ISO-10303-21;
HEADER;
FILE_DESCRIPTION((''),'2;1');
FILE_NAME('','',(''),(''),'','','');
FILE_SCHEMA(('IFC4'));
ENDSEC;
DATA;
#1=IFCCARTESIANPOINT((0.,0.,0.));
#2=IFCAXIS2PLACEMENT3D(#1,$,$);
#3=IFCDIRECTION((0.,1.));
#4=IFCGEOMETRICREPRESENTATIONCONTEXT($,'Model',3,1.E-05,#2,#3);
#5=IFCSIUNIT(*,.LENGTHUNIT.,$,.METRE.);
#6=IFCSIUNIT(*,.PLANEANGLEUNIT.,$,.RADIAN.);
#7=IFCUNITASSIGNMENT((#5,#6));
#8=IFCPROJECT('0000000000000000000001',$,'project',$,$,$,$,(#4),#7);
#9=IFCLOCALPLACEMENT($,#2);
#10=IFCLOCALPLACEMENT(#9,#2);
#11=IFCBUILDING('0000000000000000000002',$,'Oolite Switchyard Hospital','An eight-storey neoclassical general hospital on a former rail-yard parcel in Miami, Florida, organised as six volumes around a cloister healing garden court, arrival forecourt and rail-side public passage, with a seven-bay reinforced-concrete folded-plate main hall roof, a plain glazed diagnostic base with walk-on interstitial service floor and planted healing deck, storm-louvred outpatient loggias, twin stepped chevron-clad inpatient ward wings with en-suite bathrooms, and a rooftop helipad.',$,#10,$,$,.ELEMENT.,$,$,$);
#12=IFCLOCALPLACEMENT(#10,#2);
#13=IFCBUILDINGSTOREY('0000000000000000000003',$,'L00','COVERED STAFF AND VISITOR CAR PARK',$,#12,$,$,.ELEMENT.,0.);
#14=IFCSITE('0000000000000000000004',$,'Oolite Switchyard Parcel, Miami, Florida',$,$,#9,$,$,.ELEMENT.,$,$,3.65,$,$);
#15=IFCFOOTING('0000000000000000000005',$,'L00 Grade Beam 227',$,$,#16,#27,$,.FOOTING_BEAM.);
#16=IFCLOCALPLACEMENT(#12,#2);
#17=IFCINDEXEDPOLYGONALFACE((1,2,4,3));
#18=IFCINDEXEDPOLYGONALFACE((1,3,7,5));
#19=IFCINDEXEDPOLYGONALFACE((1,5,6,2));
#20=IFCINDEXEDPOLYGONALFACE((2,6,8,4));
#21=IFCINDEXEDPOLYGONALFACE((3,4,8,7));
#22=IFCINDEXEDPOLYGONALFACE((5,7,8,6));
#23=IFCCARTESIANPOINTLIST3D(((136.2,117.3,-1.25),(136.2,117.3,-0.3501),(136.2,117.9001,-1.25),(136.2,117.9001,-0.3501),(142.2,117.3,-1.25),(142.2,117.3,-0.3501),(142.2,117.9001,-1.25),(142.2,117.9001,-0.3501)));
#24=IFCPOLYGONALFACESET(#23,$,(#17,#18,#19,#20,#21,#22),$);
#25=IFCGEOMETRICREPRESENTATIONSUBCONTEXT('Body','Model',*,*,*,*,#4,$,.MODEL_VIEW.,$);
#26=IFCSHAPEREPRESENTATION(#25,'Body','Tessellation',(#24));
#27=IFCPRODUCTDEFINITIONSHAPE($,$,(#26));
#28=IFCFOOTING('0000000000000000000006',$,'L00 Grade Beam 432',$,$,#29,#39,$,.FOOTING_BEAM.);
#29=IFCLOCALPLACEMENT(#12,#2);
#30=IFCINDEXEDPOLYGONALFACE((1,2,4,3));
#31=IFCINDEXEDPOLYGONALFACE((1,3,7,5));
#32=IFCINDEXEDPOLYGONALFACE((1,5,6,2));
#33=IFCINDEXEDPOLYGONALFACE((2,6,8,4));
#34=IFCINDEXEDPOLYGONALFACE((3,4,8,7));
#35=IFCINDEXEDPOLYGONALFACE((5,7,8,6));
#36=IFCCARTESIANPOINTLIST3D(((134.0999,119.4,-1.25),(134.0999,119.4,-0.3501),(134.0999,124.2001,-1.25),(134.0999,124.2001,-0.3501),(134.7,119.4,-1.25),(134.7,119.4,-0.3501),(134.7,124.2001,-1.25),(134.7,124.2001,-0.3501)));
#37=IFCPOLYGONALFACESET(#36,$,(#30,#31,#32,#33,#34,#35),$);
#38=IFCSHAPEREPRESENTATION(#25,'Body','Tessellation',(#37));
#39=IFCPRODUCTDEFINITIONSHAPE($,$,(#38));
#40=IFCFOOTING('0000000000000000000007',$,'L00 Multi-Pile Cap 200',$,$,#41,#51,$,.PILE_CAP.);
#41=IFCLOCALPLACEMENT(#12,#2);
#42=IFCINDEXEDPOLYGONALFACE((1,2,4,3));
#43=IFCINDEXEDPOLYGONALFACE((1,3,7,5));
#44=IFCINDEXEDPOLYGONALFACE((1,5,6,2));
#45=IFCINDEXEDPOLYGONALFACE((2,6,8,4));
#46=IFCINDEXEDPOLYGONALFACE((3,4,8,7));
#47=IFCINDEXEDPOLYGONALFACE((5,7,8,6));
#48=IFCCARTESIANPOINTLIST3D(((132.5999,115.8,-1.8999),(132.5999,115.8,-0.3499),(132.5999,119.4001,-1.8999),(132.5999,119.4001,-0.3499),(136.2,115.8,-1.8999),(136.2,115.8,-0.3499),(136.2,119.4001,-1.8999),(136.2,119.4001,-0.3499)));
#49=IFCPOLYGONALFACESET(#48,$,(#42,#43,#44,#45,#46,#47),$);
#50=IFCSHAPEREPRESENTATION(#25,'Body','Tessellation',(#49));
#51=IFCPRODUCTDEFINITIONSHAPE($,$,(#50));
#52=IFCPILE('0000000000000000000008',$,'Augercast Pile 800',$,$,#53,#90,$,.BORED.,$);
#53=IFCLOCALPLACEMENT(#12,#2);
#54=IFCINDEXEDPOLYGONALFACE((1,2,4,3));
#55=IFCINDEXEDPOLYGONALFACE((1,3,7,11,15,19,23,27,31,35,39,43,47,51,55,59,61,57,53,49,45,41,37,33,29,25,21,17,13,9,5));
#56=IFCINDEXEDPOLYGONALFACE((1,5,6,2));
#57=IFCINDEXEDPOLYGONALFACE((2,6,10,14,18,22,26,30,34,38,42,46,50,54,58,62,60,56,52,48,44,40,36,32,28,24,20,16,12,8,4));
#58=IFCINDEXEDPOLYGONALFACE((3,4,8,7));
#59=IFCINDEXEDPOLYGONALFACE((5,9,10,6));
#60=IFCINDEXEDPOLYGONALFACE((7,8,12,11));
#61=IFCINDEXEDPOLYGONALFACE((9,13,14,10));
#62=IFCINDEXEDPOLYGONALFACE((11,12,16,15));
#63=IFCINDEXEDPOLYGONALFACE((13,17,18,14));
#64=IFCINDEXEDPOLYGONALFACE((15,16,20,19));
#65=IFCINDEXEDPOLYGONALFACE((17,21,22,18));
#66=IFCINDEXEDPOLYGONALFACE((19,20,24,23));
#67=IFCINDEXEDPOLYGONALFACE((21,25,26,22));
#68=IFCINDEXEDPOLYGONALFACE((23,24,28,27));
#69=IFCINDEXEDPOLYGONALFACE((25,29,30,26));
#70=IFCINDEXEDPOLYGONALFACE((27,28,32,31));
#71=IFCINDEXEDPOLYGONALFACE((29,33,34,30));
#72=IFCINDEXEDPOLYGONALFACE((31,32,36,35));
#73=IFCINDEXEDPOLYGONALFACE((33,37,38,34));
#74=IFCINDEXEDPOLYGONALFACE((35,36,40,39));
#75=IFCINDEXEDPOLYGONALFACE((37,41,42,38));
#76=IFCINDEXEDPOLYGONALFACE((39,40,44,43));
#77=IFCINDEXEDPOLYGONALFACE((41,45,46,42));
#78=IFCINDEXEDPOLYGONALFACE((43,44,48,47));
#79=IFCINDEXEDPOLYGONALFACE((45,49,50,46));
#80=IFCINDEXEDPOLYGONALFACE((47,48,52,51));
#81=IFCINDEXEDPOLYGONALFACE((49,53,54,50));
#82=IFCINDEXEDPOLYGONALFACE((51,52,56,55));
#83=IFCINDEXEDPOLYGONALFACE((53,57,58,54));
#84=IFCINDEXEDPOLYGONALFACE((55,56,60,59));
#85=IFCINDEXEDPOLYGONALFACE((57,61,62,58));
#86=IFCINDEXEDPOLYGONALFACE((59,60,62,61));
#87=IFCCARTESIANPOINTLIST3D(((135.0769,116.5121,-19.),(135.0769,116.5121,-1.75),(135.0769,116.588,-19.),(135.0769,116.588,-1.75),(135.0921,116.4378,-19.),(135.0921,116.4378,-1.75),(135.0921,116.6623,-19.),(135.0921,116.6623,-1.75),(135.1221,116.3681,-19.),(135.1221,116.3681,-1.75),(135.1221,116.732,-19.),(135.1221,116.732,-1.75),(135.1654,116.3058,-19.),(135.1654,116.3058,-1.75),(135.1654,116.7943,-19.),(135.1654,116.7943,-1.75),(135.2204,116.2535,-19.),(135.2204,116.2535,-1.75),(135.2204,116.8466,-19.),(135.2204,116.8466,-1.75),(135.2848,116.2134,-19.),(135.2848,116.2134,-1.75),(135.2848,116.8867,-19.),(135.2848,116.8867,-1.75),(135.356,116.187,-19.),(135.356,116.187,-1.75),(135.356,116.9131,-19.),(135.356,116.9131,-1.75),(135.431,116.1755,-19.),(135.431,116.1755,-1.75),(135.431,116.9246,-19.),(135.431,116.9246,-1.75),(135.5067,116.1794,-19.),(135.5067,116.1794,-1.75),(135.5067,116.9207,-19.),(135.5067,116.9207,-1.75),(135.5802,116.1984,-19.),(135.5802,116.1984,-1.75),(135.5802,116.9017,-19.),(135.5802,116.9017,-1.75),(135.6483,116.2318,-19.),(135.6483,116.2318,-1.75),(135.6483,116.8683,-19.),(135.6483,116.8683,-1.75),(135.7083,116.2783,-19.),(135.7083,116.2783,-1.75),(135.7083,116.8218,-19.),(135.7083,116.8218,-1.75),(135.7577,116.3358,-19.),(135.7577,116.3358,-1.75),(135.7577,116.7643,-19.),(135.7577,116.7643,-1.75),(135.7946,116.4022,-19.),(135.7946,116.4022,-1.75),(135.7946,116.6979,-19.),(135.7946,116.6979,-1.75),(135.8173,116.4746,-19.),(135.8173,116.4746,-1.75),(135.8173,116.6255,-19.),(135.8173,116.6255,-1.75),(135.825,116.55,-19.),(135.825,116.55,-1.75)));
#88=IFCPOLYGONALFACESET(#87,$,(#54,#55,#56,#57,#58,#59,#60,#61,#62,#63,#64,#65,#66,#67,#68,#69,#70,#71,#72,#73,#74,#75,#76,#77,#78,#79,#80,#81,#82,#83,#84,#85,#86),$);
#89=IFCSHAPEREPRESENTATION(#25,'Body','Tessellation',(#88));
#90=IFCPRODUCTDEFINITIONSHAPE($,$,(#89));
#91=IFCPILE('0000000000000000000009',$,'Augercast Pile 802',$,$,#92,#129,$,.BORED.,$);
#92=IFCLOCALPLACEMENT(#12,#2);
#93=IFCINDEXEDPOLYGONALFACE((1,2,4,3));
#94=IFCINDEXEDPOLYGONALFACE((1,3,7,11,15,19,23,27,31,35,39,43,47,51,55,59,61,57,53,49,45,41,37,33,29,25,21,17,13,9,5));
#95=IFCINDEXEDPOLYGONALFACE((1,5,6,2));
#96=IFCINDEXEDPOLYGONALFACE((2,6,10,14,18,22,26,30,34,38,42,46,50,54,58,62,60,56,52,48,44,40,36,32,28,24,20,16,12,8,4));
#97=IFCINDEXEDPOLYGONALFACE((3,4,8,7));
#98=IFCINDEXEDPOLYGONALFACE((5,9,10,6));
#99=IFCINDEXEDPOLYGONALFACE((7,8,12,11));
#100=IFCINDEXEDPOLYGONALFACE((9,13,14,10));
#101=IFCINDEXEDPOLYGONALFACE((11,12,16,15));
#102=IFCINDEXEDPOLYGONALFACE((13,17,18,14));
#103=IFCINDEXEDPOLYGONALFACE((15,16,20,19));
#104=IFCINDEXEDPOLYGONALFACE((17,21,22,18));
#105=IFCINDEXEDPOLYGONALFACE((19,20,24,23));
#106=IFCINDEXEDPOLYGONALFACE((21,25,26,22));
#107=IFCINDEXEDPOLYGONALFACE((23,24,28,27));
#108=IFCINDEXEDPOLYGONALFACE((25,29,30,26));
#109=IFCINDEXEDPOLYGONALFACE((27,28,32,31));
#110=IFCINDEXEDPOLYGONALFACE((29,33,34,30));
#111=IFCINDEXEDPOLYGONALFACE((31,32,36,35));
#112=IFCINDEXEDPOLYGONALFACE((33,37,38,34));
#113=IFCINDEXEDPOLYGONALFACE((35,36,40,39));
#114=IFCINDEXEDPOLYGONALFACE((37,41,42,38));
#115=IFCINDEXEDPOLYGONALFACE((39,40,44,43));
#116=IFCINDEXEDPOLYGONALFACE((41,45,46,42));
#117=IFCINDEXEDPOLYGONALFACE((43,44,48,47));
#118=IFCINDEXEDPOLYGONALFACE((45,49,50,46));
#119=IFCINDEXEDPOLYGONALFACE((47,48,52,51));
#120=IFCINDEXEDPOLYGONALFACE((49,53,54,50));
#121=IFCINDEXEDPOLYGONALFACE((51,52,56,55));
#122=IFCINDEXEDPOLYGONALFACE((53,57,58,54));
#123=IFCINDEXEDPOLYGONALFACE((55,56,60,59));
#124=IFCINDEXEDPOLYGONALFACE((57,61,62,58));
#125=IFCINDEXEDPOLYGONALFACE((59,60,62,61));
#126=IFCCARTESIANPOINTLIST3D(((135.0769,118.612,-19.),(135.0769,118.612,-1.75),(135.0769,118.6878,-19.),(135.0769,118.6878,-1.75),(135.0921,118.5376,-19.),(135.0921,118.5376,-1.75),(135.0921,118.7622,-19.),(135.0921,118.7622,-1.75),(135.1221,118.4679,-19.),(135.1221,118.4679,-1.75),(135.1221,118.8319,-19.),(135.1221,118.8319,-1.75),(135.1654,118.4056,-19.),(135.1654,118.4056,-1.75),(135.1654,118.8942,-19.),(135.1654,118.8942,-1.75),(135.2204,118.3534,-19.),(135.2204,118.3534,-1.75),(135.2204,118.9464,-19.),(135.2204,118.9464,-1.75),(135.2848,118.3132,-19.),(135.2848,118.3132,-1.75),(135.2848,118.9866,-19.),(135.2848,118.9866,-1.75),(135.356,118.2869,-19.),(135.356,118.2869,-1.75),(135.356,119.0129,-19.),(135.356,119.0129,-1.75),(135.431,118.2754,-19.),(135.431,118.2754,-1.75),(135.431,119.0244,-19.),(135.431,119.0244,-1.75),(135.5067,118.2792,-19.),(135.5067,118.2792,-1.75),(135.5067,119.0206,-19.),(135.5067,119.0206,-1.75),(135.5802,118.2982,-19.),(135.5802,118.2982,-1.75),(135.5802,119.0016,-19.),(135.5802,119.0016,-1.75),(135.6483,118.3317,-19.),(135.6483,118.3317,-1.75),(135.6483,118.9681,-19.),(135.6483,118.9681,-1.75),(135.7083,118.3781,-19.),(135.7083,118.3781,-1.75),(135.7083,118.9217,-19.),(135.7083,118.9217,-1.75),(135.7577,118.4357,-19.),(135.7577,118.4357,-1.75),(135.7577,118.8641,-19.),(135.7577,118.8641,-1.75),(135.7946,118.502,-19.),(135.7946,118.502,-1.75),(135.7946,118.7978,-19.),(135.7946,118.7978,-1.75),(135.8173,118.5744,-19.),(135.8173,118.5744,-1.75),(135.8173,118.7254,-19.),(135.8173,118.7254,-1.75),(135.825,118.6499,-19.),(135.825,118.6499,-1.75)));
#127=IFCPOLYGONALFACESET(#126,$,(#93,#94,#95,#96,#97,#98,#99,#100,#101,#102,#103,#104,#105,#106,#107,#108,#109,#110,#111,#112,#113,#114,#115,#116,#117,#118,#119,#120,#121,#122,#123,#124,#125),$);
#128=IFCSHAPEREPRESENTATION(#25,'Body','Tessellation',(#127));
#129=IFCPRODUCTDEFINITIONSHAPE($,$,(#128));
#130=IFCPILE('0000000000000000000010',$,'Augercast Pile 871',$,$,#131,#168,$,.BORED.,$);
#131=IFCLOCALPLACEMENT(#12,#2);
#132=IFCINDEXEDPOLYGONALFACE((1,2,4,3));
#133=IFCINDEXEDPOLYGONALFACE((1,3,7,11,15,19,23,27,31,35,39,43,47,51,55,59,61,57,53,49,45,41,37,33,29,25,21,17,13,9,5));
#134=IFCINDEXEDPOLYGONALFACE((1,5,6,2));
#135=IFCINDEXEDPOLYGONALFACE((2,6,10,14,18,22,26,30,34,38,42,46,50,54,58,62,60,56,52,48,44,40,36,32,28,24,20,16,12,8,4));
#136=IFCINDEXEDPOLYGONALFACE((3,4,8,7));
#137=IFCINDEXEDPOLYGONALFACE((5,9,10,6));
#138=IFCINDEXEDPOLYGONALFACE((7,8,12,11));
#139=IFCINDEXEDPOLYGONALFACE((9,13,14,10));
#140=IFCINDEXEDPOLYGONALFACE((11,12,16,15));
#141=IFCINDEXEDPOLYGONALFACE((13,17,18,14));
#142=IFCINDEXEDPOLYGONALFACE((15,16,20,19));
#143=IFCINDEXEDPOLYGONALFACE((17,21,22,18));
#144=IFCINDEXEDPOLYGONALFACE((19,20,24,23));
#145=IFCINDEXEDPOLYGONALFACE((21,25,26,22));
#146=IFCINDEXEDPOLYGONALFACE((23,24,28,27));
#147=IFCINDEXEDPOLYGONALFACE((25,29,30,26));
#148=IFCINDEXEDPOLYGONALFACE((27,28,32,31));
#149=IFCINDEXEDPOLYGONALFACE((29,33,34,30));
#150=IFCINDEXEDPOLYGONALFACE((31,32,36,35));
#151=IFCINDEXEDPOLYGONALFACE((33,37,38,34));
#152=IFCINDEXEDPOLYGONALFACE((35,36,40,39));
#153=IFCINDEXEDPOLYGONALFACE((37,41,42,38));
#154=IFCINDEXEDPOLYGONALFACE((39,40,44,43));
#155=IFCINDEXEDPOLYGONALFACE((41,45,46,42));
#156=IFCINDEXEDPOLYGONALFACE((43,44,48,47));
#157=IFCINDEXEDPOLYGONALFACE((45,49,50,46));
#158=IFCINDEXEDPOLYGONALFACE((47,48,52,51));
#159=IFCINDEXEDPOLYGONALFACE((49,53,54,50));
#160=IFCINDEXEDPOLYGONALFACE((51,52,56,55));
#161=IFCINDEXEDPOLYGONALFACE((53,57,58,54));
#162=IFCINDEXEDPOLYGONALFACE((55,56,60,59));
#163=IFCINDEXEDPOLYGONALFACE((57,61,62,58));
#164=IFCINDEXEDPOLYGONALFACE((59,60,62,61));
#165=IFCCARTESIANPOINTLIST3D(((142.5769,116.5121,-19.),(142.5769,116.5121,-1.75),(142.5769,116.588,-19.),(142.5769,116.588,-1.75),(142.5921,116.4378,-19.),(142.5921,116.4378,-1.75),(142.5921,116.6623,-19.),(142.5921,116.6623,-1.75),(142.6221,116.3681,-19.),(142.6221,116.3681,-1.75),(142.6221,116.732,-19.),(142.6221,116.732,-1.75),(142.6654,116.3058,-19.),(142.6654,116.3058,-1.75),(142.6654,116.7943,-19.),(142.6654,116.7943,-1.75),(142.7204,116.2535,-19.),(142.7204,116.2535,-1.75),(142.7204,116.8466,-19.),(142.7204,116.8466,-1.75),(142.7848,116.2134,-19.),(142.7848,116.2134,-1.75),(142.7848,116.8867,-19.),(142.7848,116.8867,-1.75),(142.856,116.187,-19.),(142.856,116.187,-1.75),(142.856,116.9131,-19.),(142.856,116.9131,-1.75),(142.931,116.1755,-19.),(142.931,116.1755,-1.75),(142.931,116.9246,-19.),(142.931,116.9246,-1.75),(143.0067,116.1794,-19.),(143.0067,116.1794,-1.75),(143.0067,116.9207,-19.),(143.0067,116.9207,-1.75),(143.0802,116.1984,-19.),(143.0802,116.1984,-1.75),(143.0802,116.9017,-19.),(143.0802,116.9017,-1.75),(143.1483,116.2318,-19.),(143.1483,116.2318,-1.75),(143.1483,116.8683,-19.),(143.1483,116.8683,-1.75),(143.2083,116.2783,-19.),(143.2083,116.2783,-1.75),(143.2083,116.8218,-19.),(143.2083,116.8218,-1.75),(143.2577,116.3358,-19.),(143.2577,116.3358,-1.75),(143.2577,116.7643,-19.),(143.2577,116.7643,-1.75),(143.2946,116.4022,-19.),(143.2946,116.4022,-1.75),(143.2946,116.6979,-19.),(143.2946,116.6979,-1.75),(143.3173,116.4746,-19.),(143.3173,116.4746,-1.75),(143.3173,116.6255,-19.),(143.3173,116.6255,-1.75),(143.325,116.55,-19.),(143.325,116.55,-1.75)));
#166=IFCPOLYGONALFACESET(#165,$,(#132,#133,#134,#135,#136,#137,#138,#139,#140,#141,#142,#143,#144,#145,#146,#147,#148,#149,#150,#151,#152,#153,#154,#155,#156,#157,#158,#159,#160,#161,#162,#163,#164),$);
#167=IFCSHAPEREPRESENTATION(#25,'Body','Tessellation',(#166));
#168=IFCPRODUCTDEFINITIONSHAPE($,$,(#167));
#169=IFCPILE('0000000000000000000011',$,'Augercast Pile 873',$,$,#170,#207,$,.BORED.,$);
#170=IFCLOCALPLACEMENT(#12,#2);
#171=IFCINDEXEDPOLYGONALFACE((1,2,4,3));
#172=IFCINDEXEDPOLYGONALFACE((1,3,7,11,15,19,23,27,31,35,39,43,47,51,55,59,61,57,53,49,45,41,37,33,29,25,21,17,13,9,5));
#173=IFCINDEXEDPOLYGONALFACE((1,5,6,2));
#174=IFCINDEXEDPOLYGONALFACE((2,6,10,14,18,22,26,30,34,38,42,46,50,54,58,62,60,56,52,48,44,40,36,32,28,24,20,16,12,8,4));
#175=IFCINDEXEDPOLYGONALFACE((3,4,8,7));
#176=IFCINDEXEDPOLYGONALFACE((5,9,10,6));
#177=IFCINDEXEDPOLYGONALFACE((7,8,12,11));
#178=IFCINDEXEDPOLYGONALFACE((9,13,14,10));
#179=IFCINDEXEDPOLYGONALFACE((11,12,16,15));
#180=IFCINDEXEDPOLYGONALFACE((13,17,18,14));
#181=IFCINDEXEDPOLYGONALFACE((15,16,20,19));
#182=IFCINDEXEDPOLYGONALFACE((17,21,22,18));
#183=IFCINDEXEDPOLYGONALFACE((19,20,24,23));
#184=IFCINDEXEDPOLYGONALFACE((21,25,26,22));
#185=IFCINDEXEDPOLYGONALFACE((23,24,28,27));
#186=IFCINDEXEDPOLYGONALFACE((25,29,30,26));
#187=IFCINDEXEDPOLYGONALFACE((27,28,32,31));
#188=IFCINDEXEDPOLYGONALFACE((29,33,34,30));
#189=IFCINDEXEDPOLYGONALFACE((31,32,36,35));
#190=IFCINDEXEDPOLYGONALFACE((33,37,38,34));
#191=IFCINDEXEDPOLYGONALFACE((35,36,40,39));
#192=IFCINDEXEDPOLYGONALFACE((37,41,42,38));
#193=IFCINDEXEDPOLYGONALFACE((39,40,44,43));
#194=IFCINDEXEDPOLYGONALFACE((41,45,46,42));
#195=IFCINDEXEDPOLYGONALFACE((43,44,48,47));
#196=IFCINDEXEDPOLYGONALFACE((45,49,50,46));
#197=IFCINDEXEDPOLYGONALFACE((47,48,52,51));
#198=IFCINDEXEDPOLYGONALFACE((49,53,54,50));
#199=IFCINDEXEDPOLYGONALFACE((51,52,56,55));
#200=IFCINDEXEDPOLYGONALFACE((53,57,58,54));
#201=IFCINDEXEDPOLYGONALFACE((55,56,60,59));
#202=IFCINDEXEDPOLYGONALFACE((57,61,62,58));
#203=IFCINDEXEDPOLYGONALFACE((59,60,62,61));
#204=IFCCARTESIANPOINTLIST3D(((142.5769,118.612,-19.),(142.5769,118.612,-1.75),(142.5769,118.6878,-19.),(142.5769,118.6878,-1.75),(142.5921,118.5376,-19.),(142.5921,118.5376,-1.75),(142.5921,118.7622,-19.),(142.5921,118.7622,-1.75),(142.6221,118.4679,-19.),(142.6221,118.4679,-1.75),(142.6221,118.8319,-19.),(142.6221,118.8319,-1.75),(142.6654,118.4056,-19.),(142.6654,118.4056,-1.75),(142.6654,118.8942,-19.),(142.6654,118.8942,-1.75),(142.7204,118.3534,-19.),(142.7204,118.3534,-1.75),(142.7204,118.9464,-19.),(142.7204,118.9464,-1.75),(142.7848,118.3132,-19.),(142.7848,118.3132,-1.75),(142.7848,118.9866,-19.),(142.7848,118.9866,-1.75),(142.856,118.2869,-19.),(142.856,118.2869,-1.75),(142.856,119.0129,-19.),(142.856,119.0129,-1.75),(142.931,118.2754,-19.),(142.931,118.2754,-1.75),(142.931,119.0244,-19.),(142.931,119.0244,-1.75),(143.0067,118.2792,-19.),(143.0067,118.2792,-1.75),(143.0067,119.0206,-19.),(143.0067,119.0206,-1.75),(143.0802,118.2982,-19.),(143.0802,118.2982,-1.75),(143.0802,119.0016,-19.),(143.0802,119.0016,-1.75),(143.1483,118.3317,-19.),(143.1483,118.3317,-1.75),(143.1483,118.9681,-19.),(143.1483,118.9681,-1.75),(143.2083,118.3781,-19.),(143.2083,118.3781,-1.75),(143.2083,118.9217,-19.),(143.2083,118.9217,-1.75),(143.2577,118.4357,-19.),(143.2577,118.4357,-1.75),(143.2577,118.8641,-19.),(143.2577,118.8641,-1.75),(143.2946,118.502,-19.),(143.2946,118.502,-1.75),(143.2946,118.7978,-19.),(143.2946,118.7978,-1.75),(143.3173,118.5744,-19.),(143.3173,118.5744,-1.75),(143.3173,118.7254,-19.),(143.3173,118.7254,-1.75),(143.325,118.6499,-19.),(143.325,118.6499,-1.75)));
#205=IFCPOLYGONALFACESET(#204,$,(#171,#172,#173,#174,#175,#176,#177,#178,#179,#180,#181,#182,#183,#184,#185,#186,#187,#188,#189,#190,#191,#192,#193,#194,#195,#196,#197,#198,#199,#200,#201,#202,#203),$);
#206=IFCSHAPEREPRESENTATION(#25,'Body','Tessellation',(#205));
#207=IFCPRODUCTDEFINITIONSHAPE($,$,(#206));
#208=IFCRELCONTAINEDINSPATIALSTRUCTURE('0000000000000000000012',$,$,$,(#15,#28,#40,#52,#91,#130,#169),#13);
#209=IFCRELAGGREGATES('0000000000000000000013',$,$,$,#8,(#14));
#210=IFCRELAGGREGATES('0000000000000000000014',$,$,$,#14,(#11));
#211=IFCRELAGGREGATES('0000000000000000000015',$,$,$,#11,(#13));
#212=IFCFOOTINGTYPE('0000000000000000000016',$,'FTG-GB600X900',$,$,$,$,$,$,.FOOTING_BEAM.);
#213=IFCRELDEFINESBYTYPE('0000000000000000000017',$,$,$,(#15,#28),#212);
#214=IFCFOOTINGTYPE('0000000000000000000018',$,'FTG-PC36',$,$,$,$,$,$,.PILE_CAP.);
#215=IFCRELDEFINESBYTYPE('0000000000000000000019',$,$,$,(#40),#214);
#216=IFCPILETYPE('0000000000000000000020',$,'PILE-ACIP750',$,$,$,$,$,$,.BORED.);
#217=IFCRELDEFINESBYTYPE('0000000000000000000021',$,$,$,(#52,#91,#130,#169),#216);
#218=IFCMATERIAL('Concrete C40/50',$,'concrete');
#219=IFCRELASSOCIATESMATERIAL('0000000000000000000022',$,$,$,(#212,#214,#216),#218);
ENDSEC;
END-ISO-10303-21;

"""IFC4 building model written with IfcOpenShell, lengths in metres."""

from ifc_helpers import new_model, si_unit, direction, frame, origin, origin_2d, place, context, subcontext, project, spatial, rectangle, circle, extrude, material, material_profile, profile_set, type_object, element, save


model = new_model("IFC4")

# Units and contexts
model_context = context("Model", 3, precision=1e-05, world=origin(), true_north=direction((0.0, 1.0)))
body_context = subcontext(model_context, "Body", "Model", "MODEL_VIEW")
ifc_project = project(units=[si_unit("LENGTHUNIT", "METRE"), si_unit("PLANEANGLEUNIT", "RADIAN")], contexts=[model_context])

# Site, building, storey
site_placement = place(None, origin())
site = spatial("IfcSite", under=ifc_project, at=site_placement, Name="Oolite Switchyard Parcel, Miami, Florida", CompositionType="ELEMENT", RefElevation=3.65)
building_placement = place(site_placement, origin())
building = spatial("IfcBuilding", under=site, at=building_placement, Name="Oolite Switchyard Hospital", Description="An eight-storey neoclassical general hospital on a former rail-yard parcel in Miami, Florida, organised as six volumes around a cloister healing garden court, arrival forecourt and rail-side public passage, with a seven-bay reinforced-concrete folded-plate main hall roof, a plain glazed diagnostic base with walk-on interstitial service floor and planted healing deck, storm-louvred outpatient loggias, twin stepped chevron-clad inpatient ward wings with en-suite bathrooms, and a rooftop helipad.", CompositionType="ELEMENT")
storey_placement = place(building_placement, origin())
storey = spatial("IfcBuildingStorey", under=building, at=storey_placement, Name="L00", Description="COVERED STAFF AND VISITOR CAR PARK", CompositionType="ELEMENT", Elevation=0.0)

# Footings
ifc_material_1 = material(Name="Concrete C40/50", Category="concrete")
footing_type_1 = type_object("IfcFootingType", Name="FTG-GB600X900", PredefinedType="FOOTING_BEAM", material=ifc_material_1)
footing_1_placement = place(storey_placement, frame((139.2, 117.6001, -1.25), z_axis=(0.0, 0.0, 1.0), x_axis=(1.0, 0.0, 0.0)))
element("IfcFooting", 1, at=footing_1_placement, inside=storey, type_object=footing_type_1, Name="L00 Grade Beam 227", PredefinedType="FOOTING_BEAM", context=body_context, shape_type="SweptSolid", body=[
    extrude(rectangle(XDim=6.0, YDim=0.6001, at=origin_2d()), origin(), (0.0, 0.0, 1.0), 0.8999),
])
footing_2_placement = place(storey_placement, frame((134.3999, 121.8, -1.25), z_axis=(0.0, 0.0, 1.0), x_axis=(0.0, 1.0, 0.0)))
element("IfcFooting", 2, at=footing_2_placement, inside=storey, type_object=footing_type_1, Name="L00 Grade Beam 432", PredefinedType="FOOTING_BEAM", context=body_context, shape_type="SweptSolid", body=[
    extrude(rectangle(XDim=4.8, YDim=0.6001, at=origin_2d()), origin(), (0.0, 0.0, 1.0), 0.8999),
])
footing_type_2 = type_object("IfcFootingType", Name="FTG-PC36", PredefinedType="PILE_CAP", material=ifc_material_1)
footing_3_placement = place(storey_placement, frame((134.3999, 117.6001, -1.8999), z_axis=(0.0, 0.0, 1.0), x_axis=(1.0, 0.0, 0.0)))
element("IfcFooting", 3, at=footing_3_placement, inside=storey, type_object=footing_type_2, Name="L00 Multi-Pile Cap 200", PredefinedType="PILE_CAP", context=body_context, shape_type="SweptSolid", body=[
    extrude(rectangle(XDim=3.6001, YDim=3.6001, at=origin_2d()), origin(), (0.0, 0.0, 1.0), 1.55),
])

# Piles
ifc_material_profile_1 = material_profile(ifc_material_1, circle(Radius=0.375, at=origin_2d()), Name="PILE750")
ifc_profile_set_1 = profile_set([ifc_material_profile_1], Name="Concrete C40/50")
pile_type = type_object("IfcPileType", Name="PILE-ACIP750", PredefinedType="BORED", material=ifc_profile_set_1)
for number, where, z_axis, x_axis, name in (
    (4, (135.45, 116.55, -1.75), (0.0, 0.0, -1.0), (1.0, 0.0, 0.0), "Augercast Pile 800"),
    (5, (135.45, 118.6499, -1.75), (0.0, 0.0, -1.0), (1.0, 0.0, 0.0), "Augercast Pile 802"),
    (6, (142.95, 116.55, -1.75), (0.0, 0.0, -1.0), (1.0, 0.0, 0.0), "Augercast Pile 871"),
    (7, (142.95, 118.6499, -1.75), (0.0, 0.0, -1.0), (1.0, 0.0, 0.0), "Augercast Pile 873"),
):
    element("IfcPile", number, at=place(storey_placement, frame(where, z_axis=z_axis, x_axis=x_axis)), inside=storey, type_object=pile_type, Name=name, PredefinedType="BORED", context=body_context, shape_type="SweptSolid", body=[
        extrude(circle(Radius=0.375, at=origin_2d()), origin(), (0.0, 0.0, 1.0), 17.25),
    ])

save(model, "model.ifc")
